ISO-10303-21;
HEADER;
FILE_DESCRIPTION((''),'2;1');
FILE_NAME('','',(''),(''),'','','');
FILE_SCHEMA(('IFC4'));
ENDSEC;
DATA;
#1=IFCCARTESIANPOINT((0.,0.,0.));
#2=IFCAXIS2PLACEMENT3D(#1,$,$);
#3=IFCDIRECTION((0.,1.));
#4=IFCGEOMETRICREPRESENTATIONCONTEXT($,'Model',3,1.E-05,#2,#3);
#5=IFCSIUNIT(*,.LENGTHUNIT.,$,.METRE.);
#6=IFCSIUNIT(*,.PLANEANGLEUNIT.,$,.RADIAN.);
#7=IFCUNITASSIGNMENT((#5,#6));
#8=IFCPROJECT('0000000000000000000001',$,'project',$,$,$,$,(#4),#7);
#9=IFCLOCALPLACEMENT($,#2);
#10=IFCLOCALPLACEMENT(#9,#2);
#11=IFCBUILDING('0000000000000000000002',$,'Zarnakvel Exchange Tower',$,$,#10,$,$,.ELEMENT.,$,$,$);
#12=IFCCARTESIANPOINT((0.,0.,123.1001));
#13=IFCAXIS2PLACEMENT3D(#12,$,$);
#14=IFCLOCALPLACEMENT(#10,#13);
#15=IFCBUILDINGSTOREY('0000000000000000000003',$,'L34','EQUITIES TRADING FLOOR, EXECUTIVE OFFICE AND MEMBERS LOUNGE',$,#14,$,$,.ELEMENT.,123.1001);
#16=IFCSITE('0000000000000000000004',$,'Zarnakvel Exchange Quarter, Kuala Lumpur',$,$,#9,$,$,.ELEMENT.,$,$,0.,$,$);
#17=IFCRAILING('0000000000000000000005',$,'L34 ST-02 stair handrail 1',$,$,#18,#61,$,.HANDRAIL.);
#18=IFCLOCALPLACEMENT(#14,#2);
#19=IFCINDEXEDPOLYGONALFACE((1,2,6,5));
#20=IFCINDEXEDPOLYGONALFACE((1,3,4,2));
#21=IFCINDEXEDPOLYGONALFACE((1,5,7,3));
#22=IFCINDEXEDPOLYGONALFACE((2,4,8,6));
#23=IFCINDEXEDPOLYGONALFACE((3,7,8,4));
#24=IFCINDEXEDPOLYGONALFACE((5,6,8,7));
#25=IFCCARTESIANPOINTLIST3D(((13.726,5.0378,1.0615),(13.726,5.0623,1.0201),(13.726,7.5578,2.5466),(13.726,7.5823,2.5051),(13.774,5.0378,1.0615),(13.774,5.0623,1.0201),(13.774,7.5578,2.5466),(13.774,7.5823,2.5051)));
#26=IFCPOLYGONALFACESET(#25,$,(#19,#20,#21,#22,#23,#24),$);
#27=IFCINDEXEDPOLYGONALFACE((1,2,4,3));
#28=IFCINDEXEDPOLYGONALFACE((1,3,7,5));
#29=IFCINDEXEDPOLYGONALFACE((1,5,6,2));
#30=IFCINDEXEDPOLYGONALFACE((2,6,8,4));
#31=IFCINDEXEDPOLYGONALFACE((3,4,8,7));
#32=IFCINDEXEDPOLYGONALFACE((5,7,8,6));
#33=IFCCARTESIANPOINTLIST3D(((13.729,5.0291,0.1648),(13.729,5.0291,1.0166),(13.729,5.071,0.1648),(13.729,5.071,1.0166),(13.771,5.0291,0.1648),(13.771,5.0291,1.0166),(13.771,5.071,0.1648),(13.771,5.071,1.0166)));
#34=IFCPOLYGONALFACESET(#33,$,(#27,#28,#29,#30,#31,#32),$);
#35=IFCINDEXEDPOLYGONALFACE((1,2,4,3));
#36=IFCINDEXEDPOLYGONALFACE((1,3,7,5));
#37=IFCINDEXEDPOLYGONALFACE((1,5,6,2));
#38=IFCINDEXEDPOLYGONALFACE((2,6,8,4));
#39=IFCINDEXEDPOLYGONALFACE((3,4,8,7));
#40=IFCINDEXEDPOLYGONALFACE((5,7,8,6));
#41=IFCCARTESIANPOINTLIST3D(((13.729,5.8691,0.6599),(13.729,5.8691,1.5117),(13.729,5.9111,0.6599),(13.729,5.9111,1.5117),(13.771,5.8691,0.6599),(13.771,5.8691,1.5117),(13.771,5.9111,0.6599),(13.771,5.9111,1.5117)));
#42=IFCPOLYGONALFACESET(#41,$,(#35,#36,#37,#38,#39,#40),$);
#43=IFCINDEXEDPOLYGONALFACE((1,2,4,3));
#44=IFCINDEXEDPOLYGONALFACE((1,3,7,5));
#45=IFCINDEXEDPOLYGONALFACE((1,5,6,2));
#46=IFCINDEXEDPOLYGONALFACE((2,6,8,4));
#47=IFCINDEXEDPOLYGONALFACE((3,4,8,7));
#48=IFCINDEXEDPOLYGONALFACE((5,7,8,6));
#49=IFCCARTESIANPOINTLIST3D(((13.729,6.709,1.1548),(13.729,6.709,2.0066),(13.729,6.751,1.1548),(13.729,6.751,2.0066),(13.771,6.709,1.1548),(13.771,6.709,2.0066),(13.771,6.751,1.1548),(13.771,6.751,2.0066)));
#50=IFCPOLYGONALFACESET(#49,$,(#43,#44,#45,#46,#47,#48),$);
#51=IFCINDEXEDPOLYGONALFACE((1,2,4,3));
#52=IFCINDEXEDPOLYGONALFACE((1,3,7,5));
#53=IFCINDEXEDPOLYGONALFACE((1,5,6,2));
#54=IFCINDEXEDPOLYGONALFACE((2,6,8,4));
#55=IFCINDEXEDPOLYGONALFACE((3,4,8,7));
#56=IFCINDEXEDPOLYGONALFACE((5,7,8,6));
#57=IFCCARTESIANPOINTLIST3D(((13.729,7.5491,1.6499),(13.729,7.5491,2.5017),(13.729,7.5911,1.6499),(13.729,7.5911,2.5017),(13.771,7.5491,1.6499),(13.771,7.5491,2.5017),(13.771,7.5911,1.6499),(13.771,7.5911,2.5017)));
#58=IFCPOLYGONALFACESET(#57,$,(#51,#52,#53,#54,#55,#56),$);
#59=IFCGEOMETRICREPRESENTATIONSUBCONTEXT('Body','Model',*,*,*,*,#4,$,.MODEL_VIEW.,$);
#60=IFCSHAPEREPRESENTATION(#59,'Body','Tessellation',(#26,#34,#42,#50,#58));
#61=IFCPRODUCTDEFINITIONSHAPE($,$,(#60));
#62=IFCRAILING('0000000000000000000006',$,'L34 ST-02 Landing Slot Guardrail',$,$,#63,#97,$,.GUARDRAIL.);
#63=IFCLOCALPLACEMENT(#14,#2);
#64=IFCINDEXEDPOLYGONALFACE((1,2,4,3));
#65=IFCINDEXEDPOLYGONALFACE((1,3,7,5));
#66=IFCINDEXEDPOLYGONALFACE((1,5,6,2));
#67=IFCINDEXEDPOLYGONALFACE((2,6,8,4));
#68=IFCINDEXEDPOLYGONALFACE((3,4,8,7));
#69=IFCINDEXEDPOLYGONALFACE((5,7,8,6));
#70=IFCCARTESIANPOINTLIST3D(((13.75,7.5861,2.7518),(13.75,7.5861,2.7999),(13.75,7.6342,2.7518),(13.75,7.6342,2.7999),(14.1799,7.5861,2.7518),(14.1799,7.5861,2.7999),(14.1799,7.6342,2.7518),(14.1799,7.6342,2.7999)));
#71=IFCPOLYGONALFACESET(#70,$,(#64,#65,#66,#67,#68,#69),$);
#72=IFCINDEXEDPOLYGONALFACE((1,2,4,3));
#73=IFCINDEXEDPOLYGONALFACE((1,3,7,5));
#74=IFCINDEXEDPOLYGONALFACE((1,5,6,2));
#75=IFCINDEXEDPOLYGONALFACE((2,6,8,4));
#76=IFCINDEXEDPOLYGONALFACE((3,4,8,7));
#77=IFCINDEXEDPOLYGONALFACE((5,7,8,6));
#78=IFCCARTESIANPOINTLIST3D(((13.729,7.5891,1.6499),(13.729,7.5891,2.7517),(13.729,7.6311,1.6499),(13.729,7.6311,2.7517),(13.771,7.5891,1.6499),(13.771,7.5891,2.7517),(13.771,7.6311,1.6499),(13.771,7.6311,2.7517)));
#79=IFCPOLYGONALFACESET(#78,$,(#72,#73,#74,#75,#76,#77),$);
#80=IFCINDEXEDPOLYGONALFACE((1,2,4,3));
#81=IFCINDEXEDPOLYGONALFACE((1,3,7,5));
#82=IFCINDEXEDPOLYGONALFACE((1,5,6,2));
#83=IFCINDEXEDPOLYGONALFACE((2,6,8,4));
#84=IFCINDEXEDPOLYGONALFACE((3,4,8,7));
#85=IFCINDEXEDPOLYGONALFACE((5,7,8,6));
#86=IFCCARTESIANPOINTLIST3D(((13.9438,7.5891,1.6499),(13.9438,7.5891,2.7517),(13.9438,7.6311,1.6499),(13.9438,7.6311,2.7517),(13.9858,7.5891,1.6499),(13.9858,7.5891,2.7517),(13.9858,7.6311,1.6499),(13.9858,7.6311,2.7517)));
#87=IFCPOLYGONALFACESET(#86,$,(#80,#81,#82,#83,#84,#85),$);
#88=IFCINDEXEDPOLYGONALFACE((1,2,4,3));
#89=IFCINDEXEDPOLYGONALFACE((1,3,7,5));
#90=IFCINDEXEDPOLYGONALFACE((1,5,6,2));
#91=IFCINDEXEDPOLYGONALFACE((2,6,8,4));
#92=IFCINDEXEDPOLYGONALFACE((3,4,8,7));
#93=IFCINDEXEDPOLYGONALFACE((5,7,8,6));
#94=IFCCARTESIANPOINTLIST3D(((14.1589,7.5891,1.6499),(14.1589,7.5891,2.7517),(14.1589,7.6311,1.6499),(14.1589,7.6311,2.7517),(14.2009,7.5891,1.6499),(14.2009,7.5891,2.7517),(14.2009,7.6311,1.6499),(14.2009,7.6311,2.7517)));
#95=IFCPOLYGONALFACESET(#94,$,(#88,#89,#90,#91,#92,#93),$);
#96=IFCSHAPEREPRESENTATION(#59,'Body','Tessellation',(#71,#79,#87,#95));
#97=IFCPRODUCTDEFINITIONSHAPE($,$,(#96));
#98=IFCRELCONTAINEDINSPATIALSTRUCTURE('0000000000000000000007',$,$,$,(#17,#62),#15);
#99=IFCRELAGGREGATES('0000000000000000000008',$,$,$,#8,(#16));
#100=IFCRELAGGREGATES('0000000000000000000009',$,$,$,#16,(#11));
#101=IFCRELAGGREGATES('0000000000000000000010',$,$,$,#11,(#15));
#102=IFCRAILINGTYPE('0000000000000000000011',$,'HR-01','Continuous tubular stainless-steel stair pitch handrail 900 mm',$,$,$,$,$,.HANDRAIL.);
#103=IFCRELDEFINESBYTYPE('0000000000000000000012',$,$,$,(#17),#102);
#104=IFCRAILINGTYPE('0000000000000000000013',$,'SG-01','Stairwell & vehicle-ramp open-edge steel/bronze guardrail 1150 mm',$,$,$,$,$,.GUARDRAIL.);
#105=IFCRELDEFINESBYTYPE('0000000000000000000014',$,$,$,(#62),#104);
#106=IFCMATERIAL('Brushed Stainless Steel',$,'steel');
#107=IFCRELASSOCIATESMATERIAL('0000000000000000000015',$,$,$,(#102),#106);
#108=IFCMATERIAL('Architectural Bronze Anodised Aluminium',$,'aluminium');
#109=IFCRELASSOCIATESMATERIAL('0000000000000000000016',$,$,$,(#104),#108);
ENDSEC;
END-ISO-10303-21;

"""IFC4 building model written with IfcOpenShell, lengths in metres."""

from ifc_helpers import new_model, si_unit, direction, frame, origin, origin_2d, place, context, subcontext, project, spatial, rectangle, extrude, material, type_object, element, save


model = new_model("IFC4")

# Units and contexts
model_context = context("Model", 3, precision=1e-05, world=origin(), true_north=direction((0.0, 1.0)))
body_context = subcontext(model_context, "Body", "Model", "MODEL_VIEW")
ifc_project = project(units=[si_unit("LENGTHUNIT", "METRE"), si_unit("PLANEANGLEUNIT", "RADIAN")], contexts=[model_context])

# Site, building, storey
site_placement = place(None, origin())
site = spatial("IfcSite", under=ifc_project, at=site_placement, Name="Zarnakvel Exchange Quarter, Kuala Lumpur", CompositionType="ELEMENT", RefElevation=0.0)
building_placement = place(site_placement, origin())
building = spatial("IfcBuilding", under=site, at=building_placement, Name="Zarnakvel Exchange Tower", CompositionType="ELEMENT")
storey_placement = place(building_placement, frame((0.0, 0.0, 123.1001)))
storey = spatial("IfcBuildingStorey", under=building, at=storey_placement, Name="L34", Description="EQUITIES TRADING FLOOR, EXECUTIVE OFFICE AND MEMBERS LOUNGE", CompositionType="ELEMENT", Elevation=123.1001)

# Shared definitions
ifc_material_1 = material(Name="Architectural Bronze Anodised Aluminium", Category="aluminium")

# Railings
ifc_material_2 = material(Name="Brushed Stainless Steel", Category="steel")
railing_type_1 = type_object("IfcRailingType", Name="HR-01", Description="Continuous tubular stainless-steel stair pitch handrail 900 mm", PredefinedType="HANDRAIL", material=ifc_material_2)
railing_1_placement = place(storey_placement, frame((13.75, 5.05, 0.1648)))
element("IfcRailing", 1, at=railing_1_placement, inside=storey, type_object=railing_type_1, Name="L34 ST-02 stair handrail 1", PredefinedType="HANDRAIL", context=body_context, shape_type="SweptSolid", body=[
    extrude(rectangle(XDim=0.0481, YDim=0.0481, at=origin_2d()), frame((0.0, 0.0, 0.876), z_axis=(0.0, 0.861524, 0.507717), x_axis=(-1.0, 0.0, 0.0)), (0.0, 0.0, 1.0), 2.925),
    extrude(rectangle(XDim=0.042, YDim=0.042, at=origin_2d()), origin(), (0.0, 0.0, 1.0), 0.8518),
    extrude(rectangle(XDim=0.042, YDim=0.042, at=origin_2d()), frame((0.0, 0.8401, 0.4951)), (0.0, 0.0, 1.0), 0.8518),
    extrude(rectangle(XDim=0.042, YDim=0.042, at=origin_2d()), frame((0.0, 1.6799, 0.99)), (0.0, 0.0, 1.0), 0.8518),
    extrude(rectangle(XDim=0.042, YDim=0.042, at=origin_2d()), frame((0.0, 2.52, 1.4851)), (0.0, 0.0, 1.0), 0.8518),
])
railing_type_2 = type_object("IfcRailingType", Name="SG-01", Description="Stairwell & vehicle-ramp open-edge steel/bronze guardrail 1150 mm", PredefinedType="GUARDRAIL", material=ifc_material_1)
railing_2_placement = place(storey_placement, frame((13.75, 7.6101, 1.6499)))
element("IfcRailing", 2, at=railing_2_placement, inside=storey, type_object=railing_type_2, Name="L34 ST-02 Landing Slot Guardrail", PredefinedType="GUARDRAIL", context=body_context, shape_type="SweptSolid", body=[
    extrude(rectangle(XDim=0.0481, YDim=0.0481, at=origin_2d()), frame((0.0, 0.0, 1.126), z_axis=(1.0, 0.0, 0.0), x_axis=(0.0, 1.0, 0.0)), (0.0, 0.0, 1.0), 0.4299),
    extrude(rectangle(XDim=0.042, YDim=0.042, at=origin_2d()), origin(), (0.0, 0.0, 1.0), 1.1018),
    extrude(rectangle(XDim=0.042, YDim=0.042, at=origin_2d()), frame((0.2148, 0.0, 0.0)), (0.0, 0.0, 1.0), 1.1018),
    extrude(rectangle(XDim=0.042, YDim=0.042, at=origin_2d()), frame((0.4299, 0.0, 0.0)), (0.0, 0.0, 1.0), 1.1018),
])

save(model, "model.ifc")
